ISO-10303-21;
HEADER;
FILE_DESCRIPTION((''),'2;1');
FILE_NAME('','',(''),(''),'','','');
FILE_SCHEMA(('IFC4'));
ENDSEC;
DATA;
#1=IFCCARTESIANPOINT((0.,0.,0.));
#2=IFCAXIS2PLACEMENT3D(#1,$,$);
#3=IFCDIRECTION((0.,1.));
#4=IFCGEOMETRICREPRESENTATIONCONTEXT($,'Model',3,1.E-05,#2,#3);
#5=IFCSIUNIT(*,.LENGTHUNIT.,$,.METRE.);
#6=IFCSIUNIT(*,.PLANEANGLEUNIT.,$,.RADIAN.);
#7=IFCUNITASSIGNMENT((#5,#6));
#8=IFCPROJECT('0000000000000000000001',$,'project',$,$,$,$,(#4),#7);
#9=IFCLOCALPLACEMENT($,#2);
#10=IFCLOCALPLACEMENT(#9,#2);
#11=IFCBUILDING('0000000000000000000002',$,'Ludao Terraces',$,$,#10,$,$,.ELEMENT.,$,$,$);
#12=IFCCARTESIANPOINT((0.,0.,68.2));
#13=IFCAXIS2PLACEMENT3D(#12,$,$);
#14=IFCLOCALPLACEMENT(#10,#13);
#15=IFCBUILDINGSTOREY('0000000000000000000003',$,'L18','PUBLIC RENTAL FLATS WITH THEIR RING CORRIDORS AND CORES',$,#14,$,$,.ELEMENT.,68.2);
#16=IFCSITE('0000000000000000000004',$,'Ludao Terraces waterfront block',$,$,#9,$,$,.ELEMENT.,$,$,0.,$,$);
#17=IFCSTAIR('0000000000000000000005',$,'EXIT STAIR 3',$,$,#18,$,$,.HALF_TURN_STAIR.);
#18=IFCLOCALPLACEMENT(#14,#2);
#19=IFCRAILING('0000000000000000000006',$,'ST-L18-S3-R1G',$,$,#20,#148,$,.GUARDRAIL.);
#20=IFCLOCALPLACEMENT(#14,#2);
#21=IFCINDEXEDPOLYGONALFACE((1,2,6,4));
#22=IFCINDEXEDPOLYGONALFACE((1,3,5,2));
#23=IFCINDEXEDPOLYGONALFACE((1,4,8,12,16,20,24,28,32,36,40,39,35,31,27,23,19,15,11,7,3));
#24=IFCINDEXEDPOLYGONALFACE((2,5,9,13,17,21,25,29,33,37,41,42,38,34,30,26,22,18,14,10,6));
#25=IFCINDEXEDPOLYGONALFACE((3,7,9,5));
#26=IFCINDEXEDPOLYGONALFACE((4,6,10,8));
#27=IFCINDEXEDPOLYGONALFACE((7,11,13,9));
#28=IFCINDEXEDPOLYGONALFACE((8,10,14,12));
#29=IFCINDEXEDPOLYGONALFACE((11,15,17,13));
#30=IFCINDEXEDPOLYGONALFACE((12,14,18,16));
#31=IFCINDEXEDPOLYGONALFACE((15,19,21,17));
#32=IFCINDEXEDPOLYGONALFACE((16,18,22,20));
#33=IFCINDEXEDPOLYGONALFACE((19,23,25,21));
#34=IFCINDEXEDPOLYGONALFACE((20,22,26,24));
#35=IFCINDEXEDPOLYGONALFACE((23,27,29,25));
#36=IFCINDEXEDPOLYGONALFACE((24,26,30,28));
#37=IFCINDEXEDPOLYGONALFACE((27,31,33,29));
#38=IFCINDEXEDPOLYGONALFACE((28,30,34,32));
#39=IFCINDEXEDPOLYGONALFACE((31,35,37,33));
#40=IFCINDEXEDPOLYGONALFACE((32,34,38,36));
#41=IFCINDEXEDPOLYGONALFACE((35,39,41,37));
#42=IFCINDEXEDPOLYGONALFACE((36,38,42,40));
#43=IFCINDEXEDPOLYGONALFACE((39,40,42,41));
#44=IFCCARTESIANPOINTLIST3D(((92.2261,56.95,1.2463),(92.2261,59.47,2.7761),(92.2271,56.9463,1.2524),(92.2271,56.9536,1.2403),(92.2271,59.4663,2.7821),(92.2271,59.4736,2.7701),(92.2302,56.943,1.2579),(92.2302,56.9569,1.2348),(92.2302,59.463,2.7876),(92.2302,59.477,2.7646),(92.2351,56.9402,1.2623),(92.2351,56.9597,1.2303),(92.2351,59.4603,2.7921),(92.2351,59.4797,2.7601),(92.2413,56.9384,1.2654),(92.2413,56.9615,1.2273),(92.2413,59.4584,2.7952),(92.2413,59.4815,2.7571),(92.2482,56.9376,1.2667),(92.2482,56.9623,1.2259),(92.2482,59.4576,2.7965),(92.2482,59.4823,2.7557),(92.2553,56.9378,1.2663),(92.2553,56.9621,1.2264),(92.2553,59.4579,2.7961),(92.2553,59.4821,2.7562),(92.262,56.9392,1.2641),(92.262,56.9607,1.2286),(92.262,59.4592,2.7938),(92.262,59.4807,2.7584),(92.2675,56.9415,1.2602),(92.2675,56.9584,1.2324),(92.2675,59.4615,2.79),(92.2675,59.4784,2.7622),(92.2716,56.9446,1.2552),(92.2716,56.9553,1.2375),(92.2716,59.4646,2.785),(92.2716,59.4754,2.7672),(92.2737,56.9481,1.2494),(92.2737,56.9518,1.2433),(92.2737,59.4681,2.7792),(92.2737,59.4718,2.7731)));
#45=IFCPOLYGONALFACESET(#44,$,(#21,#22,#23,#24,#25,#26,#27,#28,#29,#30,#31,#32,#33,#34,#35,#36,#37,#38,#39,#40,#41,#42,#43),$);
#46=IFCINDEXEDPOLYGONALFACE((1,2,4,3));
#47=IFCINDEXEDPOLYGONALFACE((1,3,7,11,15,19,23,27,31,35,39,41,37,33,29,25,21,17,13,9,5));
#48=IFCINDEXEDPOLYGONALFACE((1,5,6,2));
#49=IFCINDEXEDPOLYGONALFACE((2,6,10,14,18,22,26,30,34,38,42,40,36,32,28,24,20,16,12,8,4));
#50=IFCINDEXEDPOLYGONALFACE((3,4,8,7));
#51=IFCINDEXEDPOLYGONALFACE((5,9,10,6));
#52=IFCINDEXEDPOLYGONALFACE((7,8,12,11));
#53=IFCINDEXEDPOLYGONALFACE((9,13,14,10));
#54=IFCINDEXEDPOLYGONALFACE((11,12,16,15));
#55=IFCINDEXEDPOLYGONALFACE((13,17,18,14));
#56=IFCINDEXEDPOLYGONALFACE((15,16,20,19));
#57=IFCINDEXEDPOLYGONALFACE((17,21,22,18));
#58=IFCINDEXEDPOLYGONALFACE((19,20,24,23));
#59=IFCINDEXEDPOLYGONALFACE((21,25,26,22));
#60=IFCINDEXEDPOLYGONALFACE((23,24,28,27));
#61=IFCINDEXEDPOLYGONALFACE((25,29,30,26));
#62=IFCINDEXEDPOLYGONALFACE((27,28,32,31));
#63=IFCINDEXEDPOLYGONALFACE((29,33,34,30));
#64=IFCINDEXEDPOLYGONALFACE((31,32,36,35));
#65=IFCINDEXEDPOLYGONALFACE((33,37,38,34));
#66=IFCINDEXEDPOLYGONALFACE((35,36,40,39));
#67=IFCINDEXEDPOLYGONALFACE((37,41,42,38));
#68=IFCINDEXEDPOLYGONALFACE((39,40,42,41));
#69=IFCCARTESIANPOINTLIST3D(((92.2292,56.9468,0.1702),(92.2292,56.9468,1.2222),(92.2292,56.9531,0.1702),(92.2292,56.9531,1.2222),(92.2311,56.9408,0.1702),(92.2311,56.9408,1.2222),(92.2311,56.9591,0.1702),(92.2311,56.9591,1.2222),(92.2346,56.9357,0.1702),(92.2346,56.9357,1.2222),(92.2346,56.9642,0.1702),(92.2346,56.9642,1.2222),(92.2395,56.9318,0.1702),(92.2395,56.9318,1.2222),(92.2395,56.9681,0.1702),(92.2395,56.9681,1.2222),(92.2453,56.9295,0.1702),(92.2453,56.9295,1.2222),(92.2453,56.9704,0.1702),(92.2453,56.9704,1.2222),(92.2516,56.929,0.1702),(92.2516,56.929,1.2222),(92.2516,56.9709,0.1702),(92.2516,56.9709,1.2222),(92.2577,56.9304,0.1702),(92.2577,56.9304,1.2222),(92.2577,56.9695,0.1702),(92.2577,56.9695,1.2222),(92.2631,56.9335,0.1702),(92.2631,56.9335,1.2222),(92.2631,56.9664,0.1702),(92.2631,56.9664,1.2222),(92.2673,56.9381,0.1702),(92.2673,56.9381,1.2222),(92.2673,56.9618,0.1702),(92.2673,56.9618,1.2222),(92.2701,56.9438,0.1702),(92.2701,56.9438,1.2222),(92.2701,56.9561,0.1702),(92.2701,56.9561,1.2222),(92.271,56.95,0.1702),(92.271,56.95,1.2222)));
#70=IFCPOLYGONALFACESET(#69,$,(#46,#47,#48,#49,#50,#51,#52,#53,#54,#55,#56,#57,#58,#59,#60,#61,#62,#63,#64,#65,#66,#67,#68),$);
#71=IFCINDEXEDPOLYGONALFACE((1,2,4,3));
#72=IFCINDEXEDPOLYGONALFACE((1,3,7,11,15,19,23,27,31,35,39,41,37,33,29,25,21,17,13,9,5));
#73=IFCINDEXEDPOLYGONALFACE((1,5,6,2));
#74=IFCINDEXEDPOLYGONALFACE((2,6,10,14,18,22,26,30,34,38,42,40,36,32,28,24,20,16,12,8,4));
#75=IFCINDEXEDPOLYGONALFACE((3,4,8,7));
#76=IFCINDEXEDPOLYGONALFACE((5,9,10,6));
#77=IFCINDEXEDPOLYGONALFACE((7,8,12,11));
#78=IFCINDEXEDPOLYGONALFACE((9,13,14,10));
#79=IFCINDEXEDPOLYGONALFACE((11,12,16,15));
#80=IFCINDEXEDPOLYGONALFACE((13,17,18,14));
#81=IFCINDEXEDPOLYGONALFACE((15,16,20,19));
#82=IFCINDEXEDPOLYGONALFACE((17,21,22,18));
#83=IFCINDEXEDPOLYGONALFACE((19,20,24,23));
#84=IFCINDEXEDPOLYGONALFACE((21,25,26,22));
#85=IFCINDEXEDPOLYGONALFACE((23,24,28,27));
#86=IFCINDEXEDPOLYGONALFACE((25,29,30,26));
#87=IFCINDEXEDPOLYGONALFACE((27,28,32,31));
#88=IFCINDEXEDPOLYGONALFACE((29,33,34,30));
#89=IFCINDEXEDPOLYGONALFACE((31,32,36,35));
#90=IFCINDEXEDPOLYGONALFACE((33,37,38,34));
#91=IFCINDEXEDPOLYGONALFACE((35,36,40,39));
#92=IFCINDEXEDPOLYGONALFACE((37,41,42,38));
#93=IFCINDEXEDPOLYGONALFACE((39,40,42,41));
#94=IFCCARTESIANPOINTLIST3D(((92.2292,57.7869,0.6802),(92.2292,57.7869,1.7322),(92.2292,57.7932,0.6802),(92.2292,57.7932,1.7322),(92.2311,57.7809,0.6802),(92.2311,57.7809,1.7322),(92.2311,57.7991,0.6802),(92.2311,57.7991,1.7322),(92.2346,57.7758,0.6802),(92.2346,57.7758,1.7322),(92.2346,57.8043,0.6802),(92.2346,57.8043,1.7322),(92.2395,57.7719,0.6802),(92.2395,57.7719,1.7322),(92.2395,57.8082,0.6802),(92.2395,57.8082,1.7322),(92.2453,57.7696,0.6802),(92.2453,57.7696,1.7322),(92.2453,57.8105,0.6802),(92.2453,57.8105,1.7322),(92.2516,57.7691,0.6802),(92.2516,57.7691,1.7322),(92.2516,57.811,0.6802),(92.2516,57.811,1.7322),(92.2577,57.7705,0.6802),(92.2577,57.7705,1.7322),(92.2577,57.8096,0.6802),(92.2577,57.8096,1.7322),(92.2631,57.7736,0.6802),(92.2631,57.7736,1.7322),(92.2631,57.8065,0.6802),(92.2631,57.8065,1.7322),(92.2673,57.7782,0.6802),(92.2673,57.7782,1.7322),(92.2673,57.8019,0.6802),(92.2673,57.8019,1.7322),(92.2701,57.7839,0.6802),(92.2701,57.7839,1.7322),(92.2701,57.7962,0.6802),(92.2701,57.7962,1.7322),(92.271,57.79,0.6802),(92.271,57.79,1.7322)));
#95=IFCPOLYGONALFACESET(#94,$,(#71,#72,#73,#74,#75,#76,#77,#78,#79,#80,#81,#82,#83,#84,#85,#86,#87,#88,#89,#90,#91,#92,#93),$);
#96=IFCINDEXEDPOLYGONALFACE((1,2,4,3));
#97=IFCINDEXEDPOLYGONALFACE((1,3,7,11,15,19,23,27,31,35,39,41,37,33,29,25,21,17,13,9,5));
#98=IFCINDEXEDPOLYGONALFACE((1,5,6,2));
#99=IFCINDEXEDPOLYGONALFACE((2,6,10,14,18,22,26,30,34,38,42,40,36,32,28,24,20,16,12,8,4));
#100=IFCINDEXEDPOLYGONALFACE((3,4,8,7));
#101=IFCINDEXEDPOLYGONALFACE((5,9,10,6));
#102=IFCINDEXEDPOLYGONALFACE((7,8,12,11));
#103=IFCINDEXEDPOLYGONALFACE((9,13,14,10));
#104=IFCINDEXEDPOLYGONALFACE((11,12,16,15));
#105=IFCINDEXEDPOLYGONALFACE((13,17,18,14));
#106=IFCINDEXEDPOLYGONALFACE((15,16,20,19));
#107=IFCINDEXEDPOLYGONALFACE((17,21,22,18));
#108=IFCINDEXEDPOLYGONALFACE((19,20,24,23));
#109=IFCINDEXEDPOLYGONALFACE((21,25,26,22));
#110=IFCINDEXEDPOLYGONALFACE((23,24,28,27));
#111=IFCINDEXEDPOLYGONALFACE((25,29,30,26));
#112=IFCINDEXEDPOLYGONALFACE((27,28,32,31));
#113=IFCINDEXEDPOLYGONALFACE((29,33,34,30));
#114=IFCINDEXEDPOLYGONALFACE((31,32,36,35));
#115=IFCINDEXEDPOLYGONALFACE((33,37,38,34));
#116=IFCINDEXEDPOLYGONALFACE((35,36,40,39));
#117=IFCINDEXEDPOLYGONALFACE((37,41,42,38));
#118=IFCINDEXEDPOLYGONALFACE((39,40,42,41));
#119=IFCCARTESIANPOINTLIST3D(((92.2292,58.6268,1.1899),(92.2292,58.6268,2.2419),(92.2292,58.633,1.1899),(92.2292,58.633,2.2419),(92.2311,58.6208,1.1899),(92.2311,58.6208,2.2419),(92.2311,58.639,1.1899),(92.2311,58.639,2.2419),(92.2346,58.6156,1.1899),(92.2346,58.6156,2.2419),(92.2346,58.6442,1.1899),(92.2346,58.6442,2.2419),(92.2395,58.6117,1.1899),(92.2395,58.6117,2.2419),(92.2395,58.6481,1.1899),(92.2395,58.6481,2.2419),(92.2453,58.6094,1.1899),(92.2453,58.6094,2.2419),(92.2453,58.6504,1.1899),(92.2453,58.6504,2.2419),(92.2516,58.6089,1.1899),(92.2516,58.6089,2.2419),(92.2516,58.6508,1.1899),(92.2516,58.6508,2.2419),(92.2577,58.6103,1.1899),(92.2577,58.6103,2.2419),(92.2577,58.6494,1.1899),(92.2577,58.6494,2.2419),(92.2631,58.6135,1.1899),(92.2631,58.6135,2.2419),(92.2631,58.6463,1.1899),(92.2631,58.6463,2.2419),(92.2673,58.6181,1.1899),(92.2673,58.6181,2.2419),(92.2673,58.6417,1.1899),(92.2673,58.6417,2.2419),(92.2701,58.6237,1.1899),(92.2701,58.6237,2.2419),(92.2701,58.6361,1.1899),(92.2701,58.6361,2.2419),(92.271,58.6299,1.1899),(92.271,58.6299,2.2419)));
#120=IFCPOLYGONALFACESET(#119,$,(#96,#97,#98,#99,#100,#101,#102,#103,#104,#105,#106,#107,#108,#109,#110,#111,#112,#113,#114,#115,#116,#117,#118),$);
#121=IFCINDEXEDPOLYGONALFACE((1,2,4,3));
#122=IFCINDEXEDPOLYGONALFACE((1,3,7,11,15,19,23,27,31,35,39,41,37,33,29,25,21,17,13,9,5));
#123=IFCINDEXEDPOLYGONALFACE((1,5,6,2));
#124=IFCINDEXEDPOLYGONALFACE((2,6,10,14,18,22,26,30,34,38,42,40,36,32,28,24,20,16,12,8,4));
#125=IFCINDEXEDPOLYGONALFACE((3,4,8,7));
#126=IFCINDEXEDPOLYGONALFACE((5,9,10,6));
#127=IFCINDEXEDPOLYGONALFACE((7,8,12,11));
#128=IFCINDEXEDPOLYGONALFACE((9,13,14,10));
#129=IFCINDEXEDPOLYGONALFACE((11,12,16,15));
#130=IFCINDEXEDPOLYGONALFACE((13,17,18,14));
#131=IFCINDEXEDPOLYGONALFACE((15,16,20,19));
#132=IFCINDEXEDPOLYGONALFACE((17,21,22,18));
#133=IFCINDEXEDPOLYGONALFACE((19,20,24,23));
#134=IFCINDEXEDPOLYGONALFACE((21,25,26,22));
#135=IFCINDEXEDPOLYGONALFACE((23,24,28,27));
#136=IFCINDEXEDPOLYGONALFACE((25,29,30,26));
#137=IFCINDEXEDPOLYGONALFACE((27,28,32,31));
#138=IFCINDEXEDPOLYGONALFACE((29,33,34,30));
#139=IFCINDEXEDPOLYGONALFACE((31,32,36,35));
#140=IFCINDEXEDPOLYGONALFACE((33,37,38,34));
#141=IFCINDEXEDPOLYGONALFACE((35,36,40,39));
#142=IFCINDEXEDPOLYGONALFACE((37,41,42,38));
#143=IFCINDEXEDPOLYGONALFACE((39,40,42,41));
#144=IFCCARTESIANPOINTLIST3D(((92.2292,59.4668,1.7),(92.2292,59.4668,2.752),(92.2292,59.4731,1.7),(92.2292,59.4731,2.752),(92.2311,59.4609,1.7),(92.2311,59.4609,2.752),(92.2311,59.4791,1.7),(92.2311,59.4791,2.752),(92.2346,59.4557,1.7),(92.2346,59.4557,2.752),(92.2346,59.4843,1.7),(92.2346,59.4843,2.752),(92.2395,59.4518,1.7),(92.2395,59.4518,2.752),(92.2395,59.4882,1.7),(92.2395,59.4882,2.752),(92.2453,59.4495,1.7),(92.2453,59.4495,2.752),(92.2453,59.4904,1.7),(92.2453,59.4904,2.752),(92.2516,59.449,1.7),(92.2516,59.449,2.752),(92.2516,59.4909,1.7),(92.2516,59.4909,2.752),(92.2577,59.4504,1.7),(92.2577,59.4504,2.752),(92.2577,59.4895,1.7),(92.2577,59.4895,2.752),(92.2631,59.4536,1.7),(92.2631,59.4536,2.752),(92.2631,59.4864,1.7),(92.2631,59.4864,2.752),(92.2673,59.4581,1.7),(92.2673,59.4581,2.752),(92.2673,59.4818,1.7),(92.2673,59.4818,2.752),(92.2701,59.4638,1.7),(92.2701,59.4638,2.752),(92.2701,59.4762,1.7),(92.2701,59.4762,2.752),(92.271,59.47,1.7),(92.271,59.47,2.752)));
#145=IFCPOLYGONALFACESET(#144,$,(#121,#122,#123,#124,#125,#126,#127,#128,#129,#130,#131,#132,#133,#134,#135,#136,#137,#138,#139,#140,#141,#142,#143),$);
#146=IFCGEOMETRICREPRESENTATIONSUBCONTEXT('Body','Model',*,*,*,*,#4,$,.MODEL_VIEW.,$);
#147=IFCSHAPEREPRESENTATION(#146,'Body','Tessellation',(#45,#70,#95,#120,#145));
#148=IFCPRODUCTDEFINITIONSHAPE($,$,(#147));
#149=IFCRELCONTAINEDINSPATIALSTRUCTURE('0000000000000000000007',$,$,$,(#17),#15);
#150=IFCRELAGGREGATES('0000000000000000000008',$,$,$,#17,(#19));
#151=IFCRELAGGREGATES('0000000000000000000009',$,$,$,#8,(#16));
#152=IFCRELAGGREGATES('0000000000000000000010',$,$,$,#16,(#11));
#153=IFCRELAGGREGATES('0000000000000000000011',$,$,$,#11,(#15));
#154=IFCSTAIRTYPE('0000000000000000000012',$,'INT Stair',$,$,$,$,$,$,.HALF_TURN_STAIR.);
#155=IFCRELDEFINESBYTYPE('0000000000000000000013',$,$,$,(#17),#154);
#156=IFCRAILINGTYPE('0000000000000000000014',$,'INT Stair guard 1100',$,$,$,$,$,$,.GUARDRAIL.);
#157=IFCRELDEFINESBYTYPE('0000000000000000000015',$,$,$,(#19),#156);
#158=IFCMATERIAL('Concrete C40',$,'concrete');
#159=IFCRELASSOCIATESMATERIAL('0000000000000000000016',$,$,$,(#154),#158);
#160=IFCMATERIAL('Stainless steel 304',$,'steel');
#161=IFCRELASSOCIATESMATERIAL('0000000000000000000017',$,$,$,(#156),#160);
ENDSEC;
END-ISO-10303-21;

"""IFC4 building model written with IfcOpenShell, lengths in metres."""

from ifc_helpers import new_model, si_unit, direction, frame, origin, origin_2d, place, context, subcontext, project, spatial, circle, extrude, material, type_object, element, aggregate, save


model = new_model("IFC4")

# Units and contexts
model_context = context("Model", 3, precision=1e-05, world=origin(), true_north=direction((0.0, 1.0)))
body_context = subcontext(model_context, "Body", "Model", "MODEL_VIEW")
ifc_project = project(units=[si_unit("LENGTHUNIT", "METRE"), si_unit("PLANEANGLEUNIT", "RADIAN")], contexts=[model_context])

# Site, building, storey
site_placement = place(None, origin())
site = spatial("IfcSite", under=ifc_project, at=site_placement, Name="Ludao Terraces waterfront block", CompositionType="ELEMENT", RefElevation=0.0)
building_placement = place(site_placement, origin())
building = spatial("IfcBuilding", under=site, at=building_placement, Name="Ludao Terraces", CompositionType="ELEMENT")
storey_placement = place(building_placement, frame((0.0, 0.0, 68.2)))
storey = spatial("IfcBuildingStorey", under=building, at=storey_placement, Name="L18", Description="PUBLIC RENTAL FLATS WITH THEIR RING CORRIDORS AND CORES", CompositionType="ELEMENT", Elevation=68.2)

# Stair, railing
ifc_material_1 = material(Name="Concrete C40", Category="concrete")
stair_type = type_object("IfcStairType", Name="INT Stair", PredefinedType="HALF_TURN_STAIR", material=ifc_material_1)
stair_placement = place(storey_placement, origin())
stair = element("IfcStair", 1, at=stair_placement, inside=storey, type_object=stair_type, Name="EXIT STAIR 3", PredefinedType="HALF_TURN_STAIR")
ifc_material_2 = material(Name="Stainless steel 304", Category="steel")
railing_type_1 = type_object("IfcRailingType", Name="INT Stair guard 1100", PredefinedType="GUARDRAIL", material=ifc_material_2)
railing_1_placement = place(storey_placement, frame((92.25, 56.95, 0.1702)))
railing_1 = element("IfcRailing", 2, at=railing_1_placement, type_object=railing_type_1, Name="ST-L18-S3-R1G", PredefinedType="GUARDRAIL", context=body_context, shape_type="SweptSolid", body=[
    extrude(circle(Radius=0.0239, at=origin_2d()), frame((0.0, 0.0, 1.0762), z_axis=(0.0, 0.854822, 0.518922), x_axis=(-1.0, 0.0, 0.0)), (0.0, 0.0, 1.0), 2.948),
    extrude(circle(Radius=0.021, at=origin_2d()), origin(), (0.0, 0.0, 1.0), 1.052),
    extrude(circle(Radius=0.021, at=origin_2d()), frame((0.0, 0.8401, 0.51)), (0.0, 0.0, 1.0), 1.052),
    extrude(circle(Radius=0.021, at=origin_2d()), frame((0.0, 1.6799, 1.0198)), (0.0, 0.0, 1.0), 1.052),
    extrude(circle(Radius=0.021, at=origin_2d()), frame((0.0, 2.52, 1.5298)), (0.0, 0.0, 1.0), 1.052),
])
aggregate(stair, [railing_1])

save(model, "model.ifc")
